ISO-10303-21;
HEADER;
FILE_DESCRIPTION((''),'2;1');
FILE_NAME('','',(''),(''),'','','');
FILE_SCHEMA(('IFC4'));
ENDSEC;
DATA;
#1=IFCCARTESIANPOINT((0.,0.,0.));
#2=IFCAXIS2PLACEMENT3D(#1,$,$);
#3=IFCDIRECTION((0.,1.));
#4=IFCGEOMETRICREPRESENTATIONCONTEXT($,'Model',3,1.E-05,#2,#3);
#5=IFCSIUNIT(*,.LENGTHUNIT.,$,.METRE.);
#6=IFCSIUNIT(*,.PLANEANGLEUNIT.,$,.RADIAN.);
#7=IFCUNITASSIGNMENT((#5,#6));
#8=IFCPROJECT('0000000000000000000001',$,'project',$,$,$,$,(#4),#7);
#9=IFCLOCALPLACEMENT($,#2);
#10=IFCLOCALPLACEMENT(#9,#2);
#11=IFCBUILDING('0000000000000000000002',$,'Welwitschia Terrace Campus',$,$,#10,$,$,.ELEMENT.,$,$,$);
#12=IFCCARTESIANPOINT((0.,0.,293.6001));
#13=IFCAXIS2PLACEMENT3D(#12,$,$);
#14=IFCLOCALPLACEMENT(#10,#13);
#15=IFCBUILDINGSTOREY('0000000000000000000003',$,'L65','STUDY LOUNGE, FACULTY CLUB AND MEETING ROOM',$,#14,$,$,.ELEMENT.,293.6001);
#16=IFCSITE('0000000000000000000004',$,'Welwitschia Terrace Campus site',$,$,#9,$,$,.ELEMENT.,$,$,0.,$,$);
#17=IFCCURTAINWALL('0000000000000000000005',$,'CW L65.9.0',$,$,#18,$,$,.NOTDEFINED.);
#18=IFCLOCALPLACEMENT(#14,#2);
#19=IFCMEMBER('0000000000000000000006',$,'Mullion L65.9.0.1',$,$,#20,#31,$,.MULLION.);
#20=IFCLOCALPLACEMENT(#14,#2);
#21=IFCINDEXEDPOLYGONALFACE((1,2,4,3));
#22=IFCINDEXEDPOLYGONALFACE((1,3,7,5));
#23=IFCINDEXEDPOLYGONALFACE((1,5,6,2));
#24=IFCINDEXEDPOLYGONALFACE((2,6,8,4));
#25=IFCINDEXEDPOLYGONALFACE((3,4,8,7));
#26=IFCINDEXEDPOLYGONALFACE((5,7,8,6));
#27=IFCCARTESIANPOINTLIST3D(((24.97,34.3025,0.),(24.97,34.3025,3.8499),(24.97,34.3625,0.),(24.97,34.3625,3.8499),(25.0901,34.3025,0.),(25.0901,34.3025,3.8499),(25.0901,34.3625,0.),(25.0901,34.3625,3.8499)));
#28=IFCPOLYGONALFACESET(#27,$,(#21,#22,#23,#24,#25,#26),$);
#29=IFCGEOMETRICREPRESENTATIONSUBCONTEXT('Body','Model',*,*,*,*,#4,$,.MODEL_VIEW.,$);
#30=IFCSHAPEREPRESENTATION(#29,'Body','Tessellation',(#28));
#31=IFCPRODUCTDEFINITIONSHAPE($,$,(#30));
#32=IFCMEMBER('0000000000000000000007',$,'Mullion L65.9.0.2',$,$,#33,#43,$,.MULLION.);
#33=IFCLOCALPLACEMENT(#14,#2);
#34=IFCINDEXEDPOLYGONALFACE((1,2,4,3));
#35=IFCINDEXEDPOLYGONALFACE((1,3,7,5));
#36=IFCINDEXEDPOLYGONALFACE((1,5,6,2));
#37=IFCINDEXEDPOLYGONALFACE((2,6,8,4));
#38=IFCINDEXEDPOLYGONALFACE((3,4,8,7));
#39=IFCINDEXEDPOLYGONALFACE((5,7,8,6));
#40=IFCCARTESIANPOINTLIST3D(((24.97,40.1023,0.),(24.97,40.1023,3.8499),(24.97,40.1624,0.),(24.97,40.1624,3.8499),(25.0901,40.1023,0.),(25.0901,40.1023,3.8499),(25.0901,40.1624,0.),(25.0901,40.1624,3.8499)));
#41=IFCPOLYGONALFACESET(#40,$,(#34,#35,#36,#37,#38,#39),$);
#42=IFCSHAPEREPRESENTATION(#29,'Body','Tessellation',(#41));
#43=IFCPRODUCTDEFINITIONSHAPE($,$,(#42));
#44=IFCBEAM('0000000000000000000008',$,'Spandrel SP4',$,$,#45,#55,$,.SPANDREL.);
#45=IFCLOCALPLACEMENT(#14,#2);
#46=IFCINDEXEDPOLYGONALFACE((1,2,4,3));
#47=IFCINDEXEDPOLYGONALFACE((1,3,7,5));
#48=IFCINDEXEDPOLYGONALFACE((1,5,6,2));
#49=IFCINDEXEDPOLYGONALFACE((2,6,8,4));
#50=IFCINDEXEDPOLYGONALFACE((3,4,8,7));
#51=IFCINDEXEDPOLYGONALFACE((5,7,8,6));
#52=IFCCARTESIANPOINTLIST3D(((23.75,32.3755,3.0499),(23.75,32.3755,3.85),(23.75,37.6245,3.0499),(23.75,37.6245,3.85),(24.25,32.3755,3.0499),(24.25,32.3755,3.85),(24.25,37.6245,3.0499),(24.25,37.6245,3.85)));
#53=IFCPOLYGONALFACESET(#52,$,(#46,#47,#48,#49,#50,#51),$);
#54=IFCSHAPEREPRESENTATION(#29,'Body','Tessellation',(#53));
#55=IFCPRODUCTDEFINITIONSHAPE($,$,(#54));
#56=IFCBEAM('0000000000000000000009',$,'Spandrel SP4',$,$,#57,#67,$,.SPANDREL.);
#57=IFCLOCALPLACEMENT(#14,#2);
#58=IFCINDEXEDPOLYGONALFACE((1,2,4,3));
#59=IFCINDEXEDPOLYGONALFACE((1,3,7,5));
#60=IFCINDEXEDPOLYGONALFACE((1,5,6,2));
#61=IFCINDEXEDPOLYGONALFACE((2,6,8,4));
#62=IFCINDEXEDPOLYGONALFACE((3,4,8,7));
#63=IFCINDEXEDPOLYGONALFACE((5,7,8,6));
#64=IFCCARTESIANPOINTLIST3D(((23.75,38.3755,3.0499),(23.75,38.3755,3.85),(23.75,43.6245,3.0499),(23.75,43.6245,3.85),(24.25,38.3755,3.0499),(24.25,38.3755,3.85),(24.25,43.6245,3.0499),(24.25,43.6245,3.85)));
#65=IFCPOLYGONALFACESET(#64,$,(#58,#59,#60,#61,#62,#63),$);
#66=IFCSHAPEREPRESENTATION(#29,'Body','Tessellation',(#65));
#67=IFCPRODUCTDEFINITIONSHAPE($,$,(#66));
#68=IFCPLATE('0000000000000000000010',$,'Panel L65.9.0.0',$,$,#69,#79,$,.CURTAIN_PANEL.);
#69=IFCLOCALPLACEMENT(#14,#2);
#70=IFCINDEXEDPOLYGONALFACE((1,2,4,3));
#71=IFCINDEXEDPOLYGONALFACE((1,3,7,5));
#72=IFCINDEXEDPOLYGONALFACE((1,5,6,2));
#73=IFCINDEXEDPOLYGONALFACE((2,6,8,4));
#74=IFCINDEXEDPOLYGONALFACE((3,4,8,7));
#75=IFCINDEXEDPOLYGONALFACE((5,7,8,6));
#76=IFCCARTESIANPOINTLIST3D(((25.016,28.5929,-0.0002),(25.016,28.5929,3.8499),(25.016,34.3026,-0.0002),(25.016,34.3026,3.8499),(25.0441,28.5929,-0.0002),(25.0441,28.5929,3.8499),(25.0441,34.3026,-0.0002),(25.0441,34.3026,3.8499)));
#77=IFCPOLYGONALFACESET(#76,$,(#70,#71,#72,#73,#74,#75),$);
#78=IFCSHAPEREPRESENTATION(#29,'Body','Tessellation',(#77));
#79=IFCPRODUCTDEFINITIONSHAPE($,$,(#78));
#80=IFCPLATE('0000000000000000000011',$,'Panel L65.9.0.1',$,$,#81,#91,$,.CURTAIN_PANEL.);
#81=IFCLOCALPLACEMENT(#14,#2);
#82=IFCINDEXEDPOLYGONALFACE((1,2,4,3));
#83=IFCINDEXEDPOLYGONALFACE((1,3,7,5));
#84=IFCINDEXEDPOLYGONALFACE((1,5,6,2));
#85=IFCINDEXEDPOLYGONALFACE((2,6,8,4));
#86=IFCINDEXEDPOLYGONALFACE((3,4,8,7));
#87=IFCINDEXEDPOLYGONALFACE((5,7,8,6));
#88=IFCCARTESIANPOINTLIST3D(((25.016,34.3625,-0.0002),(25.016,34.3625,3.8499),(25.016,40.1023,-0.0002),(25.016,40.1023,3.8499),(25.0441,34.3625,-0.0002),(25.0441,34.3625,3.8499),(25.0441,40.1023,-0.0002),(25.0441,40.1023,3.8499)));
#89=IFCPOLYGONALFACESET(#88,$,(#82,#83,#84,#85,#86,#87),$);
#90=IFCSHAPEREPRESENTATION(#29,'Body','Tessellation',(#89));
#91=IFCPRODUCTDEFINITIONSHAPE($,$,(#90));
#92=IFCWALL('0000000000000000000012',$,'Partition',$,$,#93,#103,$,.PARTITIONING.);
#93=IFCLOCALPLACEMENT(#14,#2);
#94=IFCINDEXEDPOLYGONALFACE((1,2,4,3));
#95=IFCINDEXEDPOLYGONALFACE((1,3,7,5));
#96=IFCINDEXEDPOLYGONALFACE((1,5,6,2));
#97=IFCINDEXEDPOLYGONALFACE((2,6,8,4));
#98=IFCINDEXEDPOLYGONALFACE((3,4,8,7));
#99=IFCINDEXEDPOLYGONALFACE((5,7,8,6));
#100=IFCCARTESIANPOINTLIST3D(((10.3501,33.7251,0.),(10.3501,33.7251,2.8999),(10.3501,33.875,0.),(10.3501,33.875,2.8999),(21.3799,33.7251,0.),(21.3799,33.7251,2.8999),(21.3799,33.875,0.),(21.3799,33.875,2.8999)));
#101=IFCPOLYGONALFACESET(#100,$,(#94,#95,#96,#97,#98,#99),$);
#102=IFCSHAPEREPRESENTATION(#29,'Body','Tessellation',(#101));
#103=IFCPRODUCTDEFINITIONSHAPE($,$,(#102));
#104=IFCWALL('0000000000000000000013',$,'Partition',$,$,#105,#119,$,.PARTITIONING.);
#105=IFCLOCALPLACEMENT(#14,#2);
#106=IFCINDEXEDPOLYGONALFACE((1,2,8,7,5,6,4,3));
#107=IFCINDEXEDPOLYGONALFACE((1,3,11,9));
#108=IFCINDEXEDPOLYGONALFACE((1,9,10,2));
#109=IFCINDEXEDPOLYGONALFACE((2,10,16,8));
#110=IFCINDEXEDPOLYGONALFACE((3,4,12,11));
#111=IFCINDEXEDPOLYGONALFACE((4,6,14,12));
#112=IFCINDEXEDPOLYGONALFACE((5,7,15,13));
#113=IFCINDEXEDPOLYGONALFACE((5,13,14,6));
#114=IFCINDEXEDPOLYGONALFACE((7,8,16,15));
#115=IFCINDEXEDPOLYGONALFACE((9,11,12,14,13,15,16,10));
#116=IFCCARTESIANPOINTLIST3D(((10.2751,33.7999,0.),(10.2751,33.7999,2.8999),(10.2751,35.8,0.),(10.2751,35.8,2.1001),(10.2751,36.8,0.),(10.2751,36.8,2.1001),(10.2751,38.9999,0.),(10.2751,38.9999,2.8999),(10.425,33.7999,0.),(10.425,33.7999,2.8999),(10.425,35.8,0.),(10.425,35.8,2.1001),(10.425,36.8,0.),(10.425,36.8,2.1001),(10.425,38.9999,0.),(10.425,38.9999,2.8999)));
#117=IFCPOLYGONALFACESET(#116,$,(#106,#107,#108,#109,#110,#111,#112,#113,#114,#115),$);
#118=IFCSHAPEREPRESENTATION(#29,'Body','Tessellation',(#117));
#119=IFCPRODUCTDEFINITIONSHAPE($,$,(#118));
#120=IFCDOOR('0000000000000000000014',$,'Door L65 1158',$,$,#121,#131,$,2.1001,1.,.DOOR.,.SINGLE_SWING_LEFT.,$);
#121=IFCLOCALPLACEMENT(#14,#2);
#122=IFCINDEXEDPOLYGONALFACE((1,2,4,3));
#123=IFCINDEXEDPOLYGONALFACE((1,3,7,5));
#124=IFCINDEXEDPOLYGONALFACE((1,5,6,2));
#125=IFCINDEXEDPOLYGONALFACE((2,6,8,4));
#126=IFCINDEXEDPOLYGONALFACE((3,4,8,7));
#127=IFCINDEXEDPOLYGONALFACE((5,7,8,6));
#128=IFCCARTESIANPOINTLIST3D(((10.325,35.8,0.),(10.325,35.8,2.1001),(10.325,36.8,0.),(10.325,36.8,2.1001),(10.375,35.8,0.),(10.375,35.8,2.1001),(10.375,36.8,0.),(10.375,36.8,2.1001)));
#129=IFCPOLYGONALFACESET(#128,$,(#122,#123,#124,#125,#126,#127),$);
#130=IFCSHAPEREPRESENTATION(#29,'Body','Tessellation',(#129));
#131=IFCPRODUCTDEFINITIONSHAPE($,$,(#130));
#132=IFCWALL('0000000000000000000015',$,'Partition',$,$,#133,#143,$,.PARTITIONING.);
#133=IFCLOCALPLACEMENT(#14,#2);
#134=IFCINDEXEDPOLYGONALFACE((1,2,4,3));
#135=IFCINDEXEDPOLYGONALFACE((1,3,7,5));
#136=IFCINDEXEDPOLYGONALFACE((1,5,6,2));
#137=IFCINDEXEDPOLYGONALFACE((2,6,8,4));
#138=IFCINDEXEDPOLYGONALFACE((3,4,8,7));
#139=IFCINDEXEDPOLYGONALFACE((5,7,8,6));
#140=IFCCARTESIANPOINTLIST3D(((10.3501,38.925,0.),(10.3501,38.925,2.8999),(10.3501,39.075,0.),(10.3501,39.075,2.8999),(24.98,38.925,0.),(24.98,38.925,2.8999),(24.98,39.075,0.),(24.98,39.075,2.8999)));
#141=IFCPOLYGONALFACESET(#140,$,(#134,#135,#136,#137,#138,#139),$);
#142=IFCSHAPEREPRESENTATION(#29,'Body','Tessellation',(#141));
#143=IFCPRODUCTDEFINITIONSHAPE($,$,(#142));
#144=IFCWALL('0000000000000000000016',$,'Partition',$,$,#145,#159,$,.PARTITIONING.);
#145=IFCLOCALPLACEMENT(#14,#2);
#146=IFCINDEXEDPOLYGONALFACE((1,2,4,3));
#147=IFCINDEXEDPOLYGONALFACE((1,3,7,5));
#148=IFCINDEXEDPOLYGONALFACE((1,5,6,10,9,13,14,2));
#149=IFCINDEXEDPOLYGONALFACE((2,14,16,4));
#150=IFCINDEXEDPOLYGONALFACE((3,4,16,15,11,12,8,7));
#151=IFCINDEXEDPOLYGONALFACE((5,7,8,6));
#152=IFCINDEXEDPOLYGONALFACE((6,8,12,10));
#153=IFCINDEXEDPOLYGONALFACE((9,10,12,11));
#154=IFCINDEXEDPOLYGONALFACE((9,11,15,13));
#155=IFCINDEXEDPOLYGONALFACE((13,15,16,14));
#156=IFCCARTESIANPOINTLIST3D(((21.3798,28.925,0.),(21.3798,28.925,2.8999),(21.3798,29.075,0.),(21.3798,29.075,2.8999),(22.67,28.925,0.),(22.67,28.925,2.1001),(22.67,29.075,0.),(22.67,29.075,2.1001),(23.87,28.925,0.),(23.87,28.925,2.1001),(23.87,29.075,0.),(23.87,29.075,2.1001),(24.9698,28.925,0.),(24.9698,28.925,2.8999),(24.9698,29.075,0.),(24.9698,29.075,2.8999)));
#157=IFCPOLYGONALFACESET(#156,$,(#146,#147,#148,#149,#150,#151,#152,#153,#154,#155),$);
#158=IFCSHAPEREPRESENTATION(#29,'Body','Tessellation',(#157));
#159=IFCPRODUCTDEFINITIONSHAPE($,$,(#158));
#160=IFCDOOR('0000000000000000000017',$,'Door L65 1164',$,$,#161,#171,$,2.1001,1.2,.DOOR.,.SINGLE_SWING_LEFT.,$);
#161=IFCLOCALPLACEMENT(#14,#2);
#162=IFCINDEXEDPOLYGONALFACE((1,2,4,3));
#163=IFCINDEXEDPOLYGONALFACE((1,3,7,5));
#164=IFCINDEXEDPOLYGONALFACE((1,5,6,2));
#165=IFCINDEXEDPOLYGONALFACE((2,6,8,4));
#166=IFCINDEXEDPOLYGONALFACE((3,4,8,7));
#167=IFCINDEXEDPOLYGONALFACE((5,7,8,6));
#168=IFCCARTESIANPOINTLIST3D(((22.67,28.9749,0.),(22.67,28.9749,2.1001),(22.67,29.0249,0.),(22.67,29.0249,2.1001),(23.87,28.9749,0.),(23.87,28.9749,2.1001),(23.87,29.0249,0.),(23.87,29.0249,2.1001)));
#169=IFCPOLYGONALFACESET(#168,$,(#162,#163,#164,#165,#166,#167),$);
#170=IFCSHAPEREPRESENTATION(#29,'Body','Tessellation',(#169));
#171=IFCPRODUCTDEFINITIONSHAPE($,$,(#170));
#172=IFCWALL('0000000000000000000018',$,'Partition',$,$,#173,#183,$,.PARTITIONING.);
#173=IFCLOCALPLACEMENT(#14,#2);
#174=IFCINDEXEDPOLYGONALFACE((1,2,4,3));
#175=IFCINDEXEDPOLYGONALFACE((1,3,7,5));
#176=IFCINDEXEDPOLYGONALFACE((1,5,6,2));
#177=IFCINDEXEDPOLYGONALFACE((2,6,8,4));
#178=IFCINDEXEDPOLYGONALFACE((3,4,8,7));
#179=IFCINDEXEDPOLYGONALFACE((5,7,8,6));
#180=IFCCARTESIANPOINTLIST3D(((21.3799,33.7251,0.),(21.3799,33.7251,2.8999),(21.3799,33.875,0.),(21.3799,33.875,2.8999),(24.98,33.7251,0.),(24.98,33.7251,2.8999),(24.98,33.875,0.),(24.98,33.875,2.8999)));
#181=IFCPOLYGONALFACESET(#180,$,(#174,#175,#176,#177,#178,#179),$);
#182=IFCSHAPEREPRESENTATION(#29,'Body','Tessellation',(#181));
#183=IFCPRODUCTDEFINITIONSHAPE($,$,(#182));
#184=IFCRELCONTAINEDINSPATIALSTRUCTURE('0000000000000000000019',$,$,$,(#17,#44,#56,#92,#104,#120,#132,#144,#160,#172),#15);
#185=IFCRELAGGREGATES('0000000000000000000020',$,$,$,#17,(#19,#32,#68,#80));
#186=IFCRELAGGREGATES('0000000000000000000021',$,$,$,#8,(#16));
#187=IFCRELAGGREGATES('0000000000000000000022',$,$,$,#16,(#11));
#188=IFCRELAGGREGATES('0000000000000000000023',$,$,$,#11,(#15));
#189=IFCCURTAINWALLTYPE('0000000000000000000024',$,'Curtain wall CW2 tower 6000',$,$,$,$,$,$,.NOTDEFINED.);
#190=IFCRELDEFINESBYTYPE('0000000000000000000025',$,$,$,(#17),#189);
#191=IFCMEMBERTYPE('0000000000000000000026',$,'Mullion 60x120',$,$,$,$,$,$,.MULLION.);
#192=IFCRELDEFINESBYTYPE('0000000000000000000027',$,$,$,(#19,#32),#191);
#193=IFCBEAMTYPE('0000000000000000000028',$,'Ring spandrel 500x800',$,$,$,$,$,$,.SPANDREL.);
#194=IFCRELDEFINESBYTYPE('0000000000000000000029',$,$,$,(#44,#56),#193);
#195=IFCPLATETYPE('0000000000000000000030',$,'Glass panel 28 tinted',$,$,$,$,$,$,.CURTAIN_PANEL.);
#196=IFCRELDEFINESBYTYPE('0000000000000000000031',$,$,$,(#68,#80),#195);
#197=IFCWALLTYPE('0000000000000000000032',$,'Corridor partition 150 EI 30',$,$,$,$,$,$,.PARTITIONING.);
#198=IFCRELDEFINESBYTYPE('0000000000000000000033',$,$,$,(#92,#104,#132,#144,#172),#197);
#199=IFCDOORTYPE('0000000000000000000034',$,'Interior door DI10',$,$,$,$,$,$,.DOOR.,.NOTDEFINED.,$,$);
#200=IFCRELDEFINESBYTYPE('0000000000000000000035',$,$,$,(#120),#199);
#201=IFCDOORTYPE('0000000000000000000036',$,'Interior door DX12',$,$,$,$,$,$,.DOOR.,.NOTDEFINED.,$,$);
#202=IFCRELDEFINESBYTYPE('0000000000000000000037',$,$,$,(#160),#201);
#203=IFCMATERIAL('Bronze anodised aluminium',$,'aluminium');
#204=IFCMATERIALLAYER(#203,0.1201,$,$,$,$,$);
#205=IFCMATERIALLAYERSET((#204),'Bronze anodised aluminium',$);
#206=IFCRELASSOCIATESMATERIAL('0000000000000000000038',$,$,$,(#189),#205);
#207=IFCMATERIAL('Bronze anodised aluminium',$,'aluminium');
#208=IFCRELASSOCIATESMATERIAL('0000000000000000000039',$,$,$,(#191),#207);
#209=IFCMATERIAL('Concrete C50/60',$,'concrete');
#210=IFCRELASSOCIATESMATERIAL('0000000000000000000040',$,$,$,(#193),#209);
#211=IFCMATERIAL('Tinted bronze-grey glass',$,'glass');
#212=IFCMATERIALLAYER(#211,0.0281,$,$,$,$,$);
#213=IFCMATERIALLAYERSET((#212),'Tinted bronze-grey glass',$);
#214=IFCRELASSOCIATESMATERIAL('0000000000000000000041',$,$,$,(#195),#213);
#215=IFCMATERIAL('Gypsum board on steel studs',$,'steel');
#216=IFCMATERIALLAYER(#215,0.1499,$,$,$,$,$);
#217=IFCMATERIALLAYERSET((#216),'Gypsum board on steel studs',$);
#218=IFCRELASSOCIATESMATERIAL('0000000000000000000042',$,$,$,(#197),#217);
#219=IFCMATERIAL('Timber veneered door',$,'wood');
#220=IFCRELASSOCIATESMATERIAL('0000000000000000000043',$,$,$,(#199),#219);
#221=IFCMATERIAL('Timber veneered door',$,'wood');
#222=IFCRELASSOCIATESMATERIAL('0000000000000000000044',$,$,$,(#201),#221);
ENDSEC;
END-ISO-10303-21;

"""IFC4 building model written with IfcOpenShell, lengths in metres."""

from ifc_helpers import new_model, si_unit, direction, frame, frame_2d, origin, origin_2d, place, context, subcontext, project, spatial, rectangle, extrude, material, layer, layer_set, material_profile, profile_set, type_object, element, fill, aggregate, save


model = new_model("IFC4")

# Units and contexts
model_context = context("Model", 3, precision=1e-05, world=origin(), true_north=direction((0.0, 1.0)))
body_context = subcontext(model_context, "Body", "Model", "MODEL_VIEW")
ifc_project = project(units=[si_unit("LENGTHUNIT", "METRE"), si_unit("PLANEANGLEUNIT", "RADIAN")], contexts=[model_context])

# Site, building, storey
site_placement = place(None, origin())
site = spatial("IfcSite", under=ifc_project, at=site_placement, Name="Welwitschia Terrace Campus site", CompositionType="ELEMENT", RefElevation=0.0)
building_placement = place(site_placement, origin())
building = spatial("IfcBuilding", under=site, at=building_placement, Name="Welwitschia Terrace Campus", CompositionType="ELEMENT")
storey_placement = place(building_placement, frame((0.0, 0.0, 293.6001)))
storey = spatial("IfcBuildingStorey", under=building, at=storey_placement, Name="L65", Description="STUDY LOUNGE, FACULTY CLUB AND MEETING ROOM", CompositionType="ELEMENT", Elevation=293.6001)

# Curtain wall, members
ifc_material_1 = material(Name="Bronze anodised aluminium", Category="aluminium")
ifc_layer_1 = layer(ifc_material_1, 0.1201)
ifc_layer_set_1 = layer_set([ifc_layer_1], Name="Bronze anodised aluminium")
curtain_wall_type = type_object("IfcCurtainWallType", Name="Curtain wall CW2 tower 6000", PredefinedType="NOTDEFINED", material=ifc_layer_set_1)
curtain_wall_placement = place(storey_placement, origin())
curtain_wall = element("IfcCurtainWall", 1, at=curtain_wall_placement, inside=storey, type_object=curtain_wall_type, Name="CW L65.9.0", PredefinedType="NOTDEFINED")
ifc_material_2 = material(Name="Bronze anodised aluminium", Category="aluminium")
ifc_material_profile_1 = material_profile(ifc_material_2, rectangle(XDim=0.1201, YDim=0.0601, at=origin_2d()))
ifc_profile_set_1 = profile_set([ifc_material_profile_1], Name="Bronze anodised aluminium")
member_type = type_object("IfcMemberType", Name="Mullion 60x120", PredefinedType="MULLION", material=ifc_profile_set_1)
member_1_placement = place(storey_placement, frame((25.03, 34.3325, 0.0), z_axis=(0.0, 0.0, 1.0), x_axis=(-1.0, 0.0, 0.0)))
member_1 = element("IfcMember", 2, at=member_1_placement, type_object=member_type, Name="Mullion L65.9.0.1", PredefinedType="MULLION", context=body_context, shape_type="SweptSolid", body=[
    extrude(rectangle(XDim=0.1201, YDim=0.0601, at=origin_2d()), origin(), (0.0, 0.0, 1.0), 3.8499),
])
member_2_placement = place(storey_placement, frame((25.03, 40.1323, 0.0), z_axis=(0.0, 0.0, 1.0), x_axis=(-1.0, 0.0, 0.0)))
member_2 = element("IfcMember", 3, at=member_2_placement, type_object=member_type, Name="Mullion L65.9.0.2", PredefinedType="MULLION", context=body_context, shape_type="SweptSolid", body=[
    extrude(rectangle(XDim=0.1201, YDim=0.0601, at=origin_2d()), origin(), (0.0, 0.0, 1.0), 3.8499),
])

# Beams
ifc_material_3 = material(Name="Concrete C50/60", Category="concrete")
ifc_material_profile_2 = material_profile(ifc_material_3, rectangle(XDim=0.5, YDim=0.8, at=origin_2d()))
ifc_profile_set_2 = profile_set([ifc_material_profile_2], Name="Concrete C50/60")
beam_type_1 = type_object("IfcBeamType", Name="Ring spandrel 500x800", PredefinedType="SPANDREL", material=ifc_profile_set_2)
for number, where, z_axis, x_axis, name in (
    (4, (24.0, 32.3755, 3.45), (0.0, 1.0, 0.0), (-1.0, 0.0, 0.0), "Spandrel SP4"),
    (5, (24.0, 38.3755, 3.45), (0.0, 1.0, 0.0), (-1.0, 0.0, 0.0), "Spandrel SP4"),
):
    element("IfcBeam", number, at=place(storey_placement, frame(where, z_axis=z_axis, x_axis=x_axis)), inside=storey, type_object=beam_type_1, Name=name, PredefinedType="SPANDREL", context=body_context, shape_type="SweptSolid", body=[
        extrude(rectangle(XDim=0.5, YDim=0.8, at=origin_2d()), origin(), (0.0, 0.0, 1.0), 5.249),
    ])

# Plates
ifc_material_4 = material(Name="Tinted bronze-grey glass", Category="glass")
ifc_layer_2 = layer(ifc_material_4, 0.0281)
ifc_layer_set_2 = layer_set([ifc_layer_2], Name="Tinted bronze-grey glass")
plate_type = type_object("IfcPlateType", Name="Glass panel 28 tinted", PredefinedType="CURTAIN_PANEL", material=ifc_layer_set_2)
plate_1_placement = place(storey_placement, frame((25.03, 31.4478, -0.0002), z_axis=(0.0, 0.0, 1.0), x_axis=(0.0, 1.0, 0.0)))
plate_1 = element("IfcPlate", 6, at=plate_1_placement, type_object=plate_type, Name="Panel L65.9.0.0", PredefinedType="CURTAIN_PANEL", context=body_context, shape_type="SweptSolid", body=[
    extrude(rectangle(XDim=5.7097, YDim=0.0281, at=origin_2d()), origin(), (0.0, 0.0, 1.0), 3.8501),
])
plate_2_placement = place(storey_placement, frame((25.03, 37.2324, -0.0002), z_axis=(0.0, 0.0, 1.0), x_axis=(0.0, 1.0, 0.0)))
plate_2 = element("IfcPlate", 7, at=plate_2_placement, type_object=plate_type, Name="Panel L65.9.0.1", PredefinedType="CURTAIN_PANEL", context=body_context, shape_type="SweptSolid", body=[
    extrude(rectangle(XDim=5.7397, YDim=0.0281, at=origin_2d()), origin(), (0.0, 0.0, 1.0), 3.8501),
])
aggregate(curtain_wall, [member_1, member_2, plate_1, plate_2])

# Wall
ifc_material_5 = material(Name="Gypsum board on steel studs", Category="steel")
ifc_layer_3 = layer(ifc_material_5, 0.1499)
ifc_layer_set_3 = layer_set([ifc_layer_3], Name="Gypsum board on steel studs")
wall_type = type_object("IfcWallType", Name="Corridor partition 150 EI 30", PredefinedType="PARTITIONING", material=ifc_layer_set_3)
wall_1_placement = place(storey_placement, frame((10.3501, 33.8, 0.0), z_axis=(0.0, 0.0, 1.0), x_axis=(1.0, 0.0, 0.0)))
element("IfcWall", 8, at=wall_1_placement, inside=storey, type_object=wall_type, Name="Partition", PredefinedType="PARTITIONING", context=body_context, shape_type="SweptSolid", body=[
    extrude(rectangle(XDim=11.0298, YDim=0.1499, at=frame_2d((5.5149, 0.0))), origin(), (0.0, 0.0, 1.0), 2.8999),
])

# Wall, opening, door
wall_2_placement = place(storey_placement, frame((10.3501, 39.0, 0.0), z_axis=(0.0, 0.0, 1.0), x_axis=(0.0, -1.0, 0.0)))
wall_2 = element("IfcWall", 9, at=wall_2_placement, inside=storey, type_object=wall_type, Name="Partition", PredefinedType="PARTITIONING", context=body_context, shape_type="SweptSolid", body=[
    extrude(rectangle(XDim=5.2, YDim=0.1499, at=frame_2d((2.6001, 0.0))), origin(), (0.0, 0.0, 1.0), 2.8999),
])
opening_1_placement = place(wall_2_placement, frame((2.2, 0.0, 0.0)))
opening_1 = element("IfcOpeningElement", 10, at=opening_1_placement, cuts=wall_2, PredefinedType="OPENING", context=body_context, shape_type="SweptSolid", body=[
    extrude(rectangle(XDim=1.0, YDim=2.1001, at=frame_2d((0.5, 1.05))), frame((0.0, 0.085, 0.0), z_axis=(0.0, -1.0, 0.0), x_axis=(1.0, 0.0, 0.0)), (0.0, 0.0, 1.0), 0.1699),
])
ifc_material_6 = material(Name="Timber veneered door", Category="wood")
door_type_1 = type_object("IfcDoorType", Name="Interior door DI10", OperationType="NOTDEFINED", PredefinedType="DOOR", material=ifc_material_6)
door_1_placement = place(opening_1_placement, origin())
door_1 = element("IfcDoor", 11, at=door_1_placement, inside=storey, type_object=door_type_1, Name="Door L65 1158", OperationType="SINGLE_SWING_LEFT", OverallHeight=2.1001, OverallWidth=1.0, PredefinedType="DOOR", context=body_context, shape_type="SweptSolid", body=[
    extrude(rectangle(XDim=1.0, YDim=2.1001, at=frame_2d((0.5, 1.05))), frame((0.0, 0.0249, 0.0), z_axis=(0.0, -1.0, 0.0), x_axis=(1.0, 0.0, 0.0)), (0.0, 0.0, 1.0), 0.05),
])
fill(opening_1, door_1)

# Wall
wall_3_placement = place(storey_placement, frame((10.3501, 39.0, 0.0), z_axis=(0.0, 0.0, 1.0), x_axis=(1.0, 0.0, 0.0)))
element("IfcWall", 12, at=wall_3_placement, inside=storey, type_object=wall_type, Name="Partition", PredefinedType="PARTITIONING", context=body_context, shape_type="SweptSolid", body=[
    extrude(rectangle(XDim=14.6299, YDim=0.1499, at=frame_2d((7.3149, 0.0))), origin(), (0.0, 0.0, 1.0), 2.8999),
])

# Wall, opening, door
wall_4_placement = place(storey_placement, frame((21.3799, 29.0, 0.0), z_axis=(0.0, 0.0, 1.0), x_axis=(1.0, 0.0, 0.0)))
wall_4 = element("IfcWall", 13, at=wall_4_placement, inside=storey, type_object=wall_type, Name="Partition", PredefinedType="PARTITIONING", context=body_context, shape_type="SweptSolid", body=[
    extrude(rectangle(XDim=3.5901, YDim=0.1499, at=frame_2d((1.7949, 0.0))), origin(), (0.0, 0.0, 1.0), 2.8999),
])
opening_2_placement = place(wall_4_placement, frame((1.29, 0.0, 0.0)))
opening_2 = element("IfcOpeningElement", 14, at=opening_2_placement, cuts=wall_4, PredefinedType="OPENING", context=body_context, shape_type="SweptSolid", body=[
    extrude(rectangle(XDim=1.2, YDim=2.1001, at=frame_2d((0.6001, 1.05))), frame((0.0, 0.085, 0.0), z_axis=(0.0, -1.0, 0.0), x_axis=(1.0, 0.0, 0.0)), (0.0, 0.0, 1.0), 0.1699),
])
ifc_material_7 = material(Name="Timber veneered door", Category="wood")
door_type_2 = type_object("IfcDoorType", Name="Interior door DX12", OperationType="NOTDEFINED", PredefinedType="DOOR", material=ifc_material_7)
door_2_placement = place(opening_2_placement, origin())
door_2 = element("IfcDoor", 15, at=door_2_placement, inside=storey, type_object=door_type_2, Name="Door L65 1164", OperationType="SINGLE_SWING_LEFT", OverallHeight=2.1001, OverallWidth=1.2, PredefinedType="DOOR", context=body_context, shape_type="SweptSolid", body=[
    extrude(rectangle(XDim=1.2, YDim=2.1001, at=frame_2d((0.6001, 1.05))), frame((0.0, 0.0249, 0.0), z_axis=(0.0, -1.0, 0.0), x_axis=(1.0, 0.0, 0.0)), (0.0, 0.0, 1.0), 0.05),
])
fill(opening_2, door_2)

# Wall
wall_5_placement = place(storey_placement, frame((21.3799, 33.8, 0.0), z_axis=(0.0, 0.0, 1.0), x_axis=(1.0, 0.0, 0.0)))
element("IfcWall", 16, at=wall_5_placement, inside=storey, type_object=wall_type, Name="Partition", PredefinedType="PARTITIONING", context=body_context, shape_type="SweptSolid", body=[
    extrude(rectangle(XDim=3.6001, YDim=0.1499, at=frame_2d((1.8, 0.0))), origin(), (0.0, 0.0, 1.0), 2.8999),
])

save(model, "model.ifc")
